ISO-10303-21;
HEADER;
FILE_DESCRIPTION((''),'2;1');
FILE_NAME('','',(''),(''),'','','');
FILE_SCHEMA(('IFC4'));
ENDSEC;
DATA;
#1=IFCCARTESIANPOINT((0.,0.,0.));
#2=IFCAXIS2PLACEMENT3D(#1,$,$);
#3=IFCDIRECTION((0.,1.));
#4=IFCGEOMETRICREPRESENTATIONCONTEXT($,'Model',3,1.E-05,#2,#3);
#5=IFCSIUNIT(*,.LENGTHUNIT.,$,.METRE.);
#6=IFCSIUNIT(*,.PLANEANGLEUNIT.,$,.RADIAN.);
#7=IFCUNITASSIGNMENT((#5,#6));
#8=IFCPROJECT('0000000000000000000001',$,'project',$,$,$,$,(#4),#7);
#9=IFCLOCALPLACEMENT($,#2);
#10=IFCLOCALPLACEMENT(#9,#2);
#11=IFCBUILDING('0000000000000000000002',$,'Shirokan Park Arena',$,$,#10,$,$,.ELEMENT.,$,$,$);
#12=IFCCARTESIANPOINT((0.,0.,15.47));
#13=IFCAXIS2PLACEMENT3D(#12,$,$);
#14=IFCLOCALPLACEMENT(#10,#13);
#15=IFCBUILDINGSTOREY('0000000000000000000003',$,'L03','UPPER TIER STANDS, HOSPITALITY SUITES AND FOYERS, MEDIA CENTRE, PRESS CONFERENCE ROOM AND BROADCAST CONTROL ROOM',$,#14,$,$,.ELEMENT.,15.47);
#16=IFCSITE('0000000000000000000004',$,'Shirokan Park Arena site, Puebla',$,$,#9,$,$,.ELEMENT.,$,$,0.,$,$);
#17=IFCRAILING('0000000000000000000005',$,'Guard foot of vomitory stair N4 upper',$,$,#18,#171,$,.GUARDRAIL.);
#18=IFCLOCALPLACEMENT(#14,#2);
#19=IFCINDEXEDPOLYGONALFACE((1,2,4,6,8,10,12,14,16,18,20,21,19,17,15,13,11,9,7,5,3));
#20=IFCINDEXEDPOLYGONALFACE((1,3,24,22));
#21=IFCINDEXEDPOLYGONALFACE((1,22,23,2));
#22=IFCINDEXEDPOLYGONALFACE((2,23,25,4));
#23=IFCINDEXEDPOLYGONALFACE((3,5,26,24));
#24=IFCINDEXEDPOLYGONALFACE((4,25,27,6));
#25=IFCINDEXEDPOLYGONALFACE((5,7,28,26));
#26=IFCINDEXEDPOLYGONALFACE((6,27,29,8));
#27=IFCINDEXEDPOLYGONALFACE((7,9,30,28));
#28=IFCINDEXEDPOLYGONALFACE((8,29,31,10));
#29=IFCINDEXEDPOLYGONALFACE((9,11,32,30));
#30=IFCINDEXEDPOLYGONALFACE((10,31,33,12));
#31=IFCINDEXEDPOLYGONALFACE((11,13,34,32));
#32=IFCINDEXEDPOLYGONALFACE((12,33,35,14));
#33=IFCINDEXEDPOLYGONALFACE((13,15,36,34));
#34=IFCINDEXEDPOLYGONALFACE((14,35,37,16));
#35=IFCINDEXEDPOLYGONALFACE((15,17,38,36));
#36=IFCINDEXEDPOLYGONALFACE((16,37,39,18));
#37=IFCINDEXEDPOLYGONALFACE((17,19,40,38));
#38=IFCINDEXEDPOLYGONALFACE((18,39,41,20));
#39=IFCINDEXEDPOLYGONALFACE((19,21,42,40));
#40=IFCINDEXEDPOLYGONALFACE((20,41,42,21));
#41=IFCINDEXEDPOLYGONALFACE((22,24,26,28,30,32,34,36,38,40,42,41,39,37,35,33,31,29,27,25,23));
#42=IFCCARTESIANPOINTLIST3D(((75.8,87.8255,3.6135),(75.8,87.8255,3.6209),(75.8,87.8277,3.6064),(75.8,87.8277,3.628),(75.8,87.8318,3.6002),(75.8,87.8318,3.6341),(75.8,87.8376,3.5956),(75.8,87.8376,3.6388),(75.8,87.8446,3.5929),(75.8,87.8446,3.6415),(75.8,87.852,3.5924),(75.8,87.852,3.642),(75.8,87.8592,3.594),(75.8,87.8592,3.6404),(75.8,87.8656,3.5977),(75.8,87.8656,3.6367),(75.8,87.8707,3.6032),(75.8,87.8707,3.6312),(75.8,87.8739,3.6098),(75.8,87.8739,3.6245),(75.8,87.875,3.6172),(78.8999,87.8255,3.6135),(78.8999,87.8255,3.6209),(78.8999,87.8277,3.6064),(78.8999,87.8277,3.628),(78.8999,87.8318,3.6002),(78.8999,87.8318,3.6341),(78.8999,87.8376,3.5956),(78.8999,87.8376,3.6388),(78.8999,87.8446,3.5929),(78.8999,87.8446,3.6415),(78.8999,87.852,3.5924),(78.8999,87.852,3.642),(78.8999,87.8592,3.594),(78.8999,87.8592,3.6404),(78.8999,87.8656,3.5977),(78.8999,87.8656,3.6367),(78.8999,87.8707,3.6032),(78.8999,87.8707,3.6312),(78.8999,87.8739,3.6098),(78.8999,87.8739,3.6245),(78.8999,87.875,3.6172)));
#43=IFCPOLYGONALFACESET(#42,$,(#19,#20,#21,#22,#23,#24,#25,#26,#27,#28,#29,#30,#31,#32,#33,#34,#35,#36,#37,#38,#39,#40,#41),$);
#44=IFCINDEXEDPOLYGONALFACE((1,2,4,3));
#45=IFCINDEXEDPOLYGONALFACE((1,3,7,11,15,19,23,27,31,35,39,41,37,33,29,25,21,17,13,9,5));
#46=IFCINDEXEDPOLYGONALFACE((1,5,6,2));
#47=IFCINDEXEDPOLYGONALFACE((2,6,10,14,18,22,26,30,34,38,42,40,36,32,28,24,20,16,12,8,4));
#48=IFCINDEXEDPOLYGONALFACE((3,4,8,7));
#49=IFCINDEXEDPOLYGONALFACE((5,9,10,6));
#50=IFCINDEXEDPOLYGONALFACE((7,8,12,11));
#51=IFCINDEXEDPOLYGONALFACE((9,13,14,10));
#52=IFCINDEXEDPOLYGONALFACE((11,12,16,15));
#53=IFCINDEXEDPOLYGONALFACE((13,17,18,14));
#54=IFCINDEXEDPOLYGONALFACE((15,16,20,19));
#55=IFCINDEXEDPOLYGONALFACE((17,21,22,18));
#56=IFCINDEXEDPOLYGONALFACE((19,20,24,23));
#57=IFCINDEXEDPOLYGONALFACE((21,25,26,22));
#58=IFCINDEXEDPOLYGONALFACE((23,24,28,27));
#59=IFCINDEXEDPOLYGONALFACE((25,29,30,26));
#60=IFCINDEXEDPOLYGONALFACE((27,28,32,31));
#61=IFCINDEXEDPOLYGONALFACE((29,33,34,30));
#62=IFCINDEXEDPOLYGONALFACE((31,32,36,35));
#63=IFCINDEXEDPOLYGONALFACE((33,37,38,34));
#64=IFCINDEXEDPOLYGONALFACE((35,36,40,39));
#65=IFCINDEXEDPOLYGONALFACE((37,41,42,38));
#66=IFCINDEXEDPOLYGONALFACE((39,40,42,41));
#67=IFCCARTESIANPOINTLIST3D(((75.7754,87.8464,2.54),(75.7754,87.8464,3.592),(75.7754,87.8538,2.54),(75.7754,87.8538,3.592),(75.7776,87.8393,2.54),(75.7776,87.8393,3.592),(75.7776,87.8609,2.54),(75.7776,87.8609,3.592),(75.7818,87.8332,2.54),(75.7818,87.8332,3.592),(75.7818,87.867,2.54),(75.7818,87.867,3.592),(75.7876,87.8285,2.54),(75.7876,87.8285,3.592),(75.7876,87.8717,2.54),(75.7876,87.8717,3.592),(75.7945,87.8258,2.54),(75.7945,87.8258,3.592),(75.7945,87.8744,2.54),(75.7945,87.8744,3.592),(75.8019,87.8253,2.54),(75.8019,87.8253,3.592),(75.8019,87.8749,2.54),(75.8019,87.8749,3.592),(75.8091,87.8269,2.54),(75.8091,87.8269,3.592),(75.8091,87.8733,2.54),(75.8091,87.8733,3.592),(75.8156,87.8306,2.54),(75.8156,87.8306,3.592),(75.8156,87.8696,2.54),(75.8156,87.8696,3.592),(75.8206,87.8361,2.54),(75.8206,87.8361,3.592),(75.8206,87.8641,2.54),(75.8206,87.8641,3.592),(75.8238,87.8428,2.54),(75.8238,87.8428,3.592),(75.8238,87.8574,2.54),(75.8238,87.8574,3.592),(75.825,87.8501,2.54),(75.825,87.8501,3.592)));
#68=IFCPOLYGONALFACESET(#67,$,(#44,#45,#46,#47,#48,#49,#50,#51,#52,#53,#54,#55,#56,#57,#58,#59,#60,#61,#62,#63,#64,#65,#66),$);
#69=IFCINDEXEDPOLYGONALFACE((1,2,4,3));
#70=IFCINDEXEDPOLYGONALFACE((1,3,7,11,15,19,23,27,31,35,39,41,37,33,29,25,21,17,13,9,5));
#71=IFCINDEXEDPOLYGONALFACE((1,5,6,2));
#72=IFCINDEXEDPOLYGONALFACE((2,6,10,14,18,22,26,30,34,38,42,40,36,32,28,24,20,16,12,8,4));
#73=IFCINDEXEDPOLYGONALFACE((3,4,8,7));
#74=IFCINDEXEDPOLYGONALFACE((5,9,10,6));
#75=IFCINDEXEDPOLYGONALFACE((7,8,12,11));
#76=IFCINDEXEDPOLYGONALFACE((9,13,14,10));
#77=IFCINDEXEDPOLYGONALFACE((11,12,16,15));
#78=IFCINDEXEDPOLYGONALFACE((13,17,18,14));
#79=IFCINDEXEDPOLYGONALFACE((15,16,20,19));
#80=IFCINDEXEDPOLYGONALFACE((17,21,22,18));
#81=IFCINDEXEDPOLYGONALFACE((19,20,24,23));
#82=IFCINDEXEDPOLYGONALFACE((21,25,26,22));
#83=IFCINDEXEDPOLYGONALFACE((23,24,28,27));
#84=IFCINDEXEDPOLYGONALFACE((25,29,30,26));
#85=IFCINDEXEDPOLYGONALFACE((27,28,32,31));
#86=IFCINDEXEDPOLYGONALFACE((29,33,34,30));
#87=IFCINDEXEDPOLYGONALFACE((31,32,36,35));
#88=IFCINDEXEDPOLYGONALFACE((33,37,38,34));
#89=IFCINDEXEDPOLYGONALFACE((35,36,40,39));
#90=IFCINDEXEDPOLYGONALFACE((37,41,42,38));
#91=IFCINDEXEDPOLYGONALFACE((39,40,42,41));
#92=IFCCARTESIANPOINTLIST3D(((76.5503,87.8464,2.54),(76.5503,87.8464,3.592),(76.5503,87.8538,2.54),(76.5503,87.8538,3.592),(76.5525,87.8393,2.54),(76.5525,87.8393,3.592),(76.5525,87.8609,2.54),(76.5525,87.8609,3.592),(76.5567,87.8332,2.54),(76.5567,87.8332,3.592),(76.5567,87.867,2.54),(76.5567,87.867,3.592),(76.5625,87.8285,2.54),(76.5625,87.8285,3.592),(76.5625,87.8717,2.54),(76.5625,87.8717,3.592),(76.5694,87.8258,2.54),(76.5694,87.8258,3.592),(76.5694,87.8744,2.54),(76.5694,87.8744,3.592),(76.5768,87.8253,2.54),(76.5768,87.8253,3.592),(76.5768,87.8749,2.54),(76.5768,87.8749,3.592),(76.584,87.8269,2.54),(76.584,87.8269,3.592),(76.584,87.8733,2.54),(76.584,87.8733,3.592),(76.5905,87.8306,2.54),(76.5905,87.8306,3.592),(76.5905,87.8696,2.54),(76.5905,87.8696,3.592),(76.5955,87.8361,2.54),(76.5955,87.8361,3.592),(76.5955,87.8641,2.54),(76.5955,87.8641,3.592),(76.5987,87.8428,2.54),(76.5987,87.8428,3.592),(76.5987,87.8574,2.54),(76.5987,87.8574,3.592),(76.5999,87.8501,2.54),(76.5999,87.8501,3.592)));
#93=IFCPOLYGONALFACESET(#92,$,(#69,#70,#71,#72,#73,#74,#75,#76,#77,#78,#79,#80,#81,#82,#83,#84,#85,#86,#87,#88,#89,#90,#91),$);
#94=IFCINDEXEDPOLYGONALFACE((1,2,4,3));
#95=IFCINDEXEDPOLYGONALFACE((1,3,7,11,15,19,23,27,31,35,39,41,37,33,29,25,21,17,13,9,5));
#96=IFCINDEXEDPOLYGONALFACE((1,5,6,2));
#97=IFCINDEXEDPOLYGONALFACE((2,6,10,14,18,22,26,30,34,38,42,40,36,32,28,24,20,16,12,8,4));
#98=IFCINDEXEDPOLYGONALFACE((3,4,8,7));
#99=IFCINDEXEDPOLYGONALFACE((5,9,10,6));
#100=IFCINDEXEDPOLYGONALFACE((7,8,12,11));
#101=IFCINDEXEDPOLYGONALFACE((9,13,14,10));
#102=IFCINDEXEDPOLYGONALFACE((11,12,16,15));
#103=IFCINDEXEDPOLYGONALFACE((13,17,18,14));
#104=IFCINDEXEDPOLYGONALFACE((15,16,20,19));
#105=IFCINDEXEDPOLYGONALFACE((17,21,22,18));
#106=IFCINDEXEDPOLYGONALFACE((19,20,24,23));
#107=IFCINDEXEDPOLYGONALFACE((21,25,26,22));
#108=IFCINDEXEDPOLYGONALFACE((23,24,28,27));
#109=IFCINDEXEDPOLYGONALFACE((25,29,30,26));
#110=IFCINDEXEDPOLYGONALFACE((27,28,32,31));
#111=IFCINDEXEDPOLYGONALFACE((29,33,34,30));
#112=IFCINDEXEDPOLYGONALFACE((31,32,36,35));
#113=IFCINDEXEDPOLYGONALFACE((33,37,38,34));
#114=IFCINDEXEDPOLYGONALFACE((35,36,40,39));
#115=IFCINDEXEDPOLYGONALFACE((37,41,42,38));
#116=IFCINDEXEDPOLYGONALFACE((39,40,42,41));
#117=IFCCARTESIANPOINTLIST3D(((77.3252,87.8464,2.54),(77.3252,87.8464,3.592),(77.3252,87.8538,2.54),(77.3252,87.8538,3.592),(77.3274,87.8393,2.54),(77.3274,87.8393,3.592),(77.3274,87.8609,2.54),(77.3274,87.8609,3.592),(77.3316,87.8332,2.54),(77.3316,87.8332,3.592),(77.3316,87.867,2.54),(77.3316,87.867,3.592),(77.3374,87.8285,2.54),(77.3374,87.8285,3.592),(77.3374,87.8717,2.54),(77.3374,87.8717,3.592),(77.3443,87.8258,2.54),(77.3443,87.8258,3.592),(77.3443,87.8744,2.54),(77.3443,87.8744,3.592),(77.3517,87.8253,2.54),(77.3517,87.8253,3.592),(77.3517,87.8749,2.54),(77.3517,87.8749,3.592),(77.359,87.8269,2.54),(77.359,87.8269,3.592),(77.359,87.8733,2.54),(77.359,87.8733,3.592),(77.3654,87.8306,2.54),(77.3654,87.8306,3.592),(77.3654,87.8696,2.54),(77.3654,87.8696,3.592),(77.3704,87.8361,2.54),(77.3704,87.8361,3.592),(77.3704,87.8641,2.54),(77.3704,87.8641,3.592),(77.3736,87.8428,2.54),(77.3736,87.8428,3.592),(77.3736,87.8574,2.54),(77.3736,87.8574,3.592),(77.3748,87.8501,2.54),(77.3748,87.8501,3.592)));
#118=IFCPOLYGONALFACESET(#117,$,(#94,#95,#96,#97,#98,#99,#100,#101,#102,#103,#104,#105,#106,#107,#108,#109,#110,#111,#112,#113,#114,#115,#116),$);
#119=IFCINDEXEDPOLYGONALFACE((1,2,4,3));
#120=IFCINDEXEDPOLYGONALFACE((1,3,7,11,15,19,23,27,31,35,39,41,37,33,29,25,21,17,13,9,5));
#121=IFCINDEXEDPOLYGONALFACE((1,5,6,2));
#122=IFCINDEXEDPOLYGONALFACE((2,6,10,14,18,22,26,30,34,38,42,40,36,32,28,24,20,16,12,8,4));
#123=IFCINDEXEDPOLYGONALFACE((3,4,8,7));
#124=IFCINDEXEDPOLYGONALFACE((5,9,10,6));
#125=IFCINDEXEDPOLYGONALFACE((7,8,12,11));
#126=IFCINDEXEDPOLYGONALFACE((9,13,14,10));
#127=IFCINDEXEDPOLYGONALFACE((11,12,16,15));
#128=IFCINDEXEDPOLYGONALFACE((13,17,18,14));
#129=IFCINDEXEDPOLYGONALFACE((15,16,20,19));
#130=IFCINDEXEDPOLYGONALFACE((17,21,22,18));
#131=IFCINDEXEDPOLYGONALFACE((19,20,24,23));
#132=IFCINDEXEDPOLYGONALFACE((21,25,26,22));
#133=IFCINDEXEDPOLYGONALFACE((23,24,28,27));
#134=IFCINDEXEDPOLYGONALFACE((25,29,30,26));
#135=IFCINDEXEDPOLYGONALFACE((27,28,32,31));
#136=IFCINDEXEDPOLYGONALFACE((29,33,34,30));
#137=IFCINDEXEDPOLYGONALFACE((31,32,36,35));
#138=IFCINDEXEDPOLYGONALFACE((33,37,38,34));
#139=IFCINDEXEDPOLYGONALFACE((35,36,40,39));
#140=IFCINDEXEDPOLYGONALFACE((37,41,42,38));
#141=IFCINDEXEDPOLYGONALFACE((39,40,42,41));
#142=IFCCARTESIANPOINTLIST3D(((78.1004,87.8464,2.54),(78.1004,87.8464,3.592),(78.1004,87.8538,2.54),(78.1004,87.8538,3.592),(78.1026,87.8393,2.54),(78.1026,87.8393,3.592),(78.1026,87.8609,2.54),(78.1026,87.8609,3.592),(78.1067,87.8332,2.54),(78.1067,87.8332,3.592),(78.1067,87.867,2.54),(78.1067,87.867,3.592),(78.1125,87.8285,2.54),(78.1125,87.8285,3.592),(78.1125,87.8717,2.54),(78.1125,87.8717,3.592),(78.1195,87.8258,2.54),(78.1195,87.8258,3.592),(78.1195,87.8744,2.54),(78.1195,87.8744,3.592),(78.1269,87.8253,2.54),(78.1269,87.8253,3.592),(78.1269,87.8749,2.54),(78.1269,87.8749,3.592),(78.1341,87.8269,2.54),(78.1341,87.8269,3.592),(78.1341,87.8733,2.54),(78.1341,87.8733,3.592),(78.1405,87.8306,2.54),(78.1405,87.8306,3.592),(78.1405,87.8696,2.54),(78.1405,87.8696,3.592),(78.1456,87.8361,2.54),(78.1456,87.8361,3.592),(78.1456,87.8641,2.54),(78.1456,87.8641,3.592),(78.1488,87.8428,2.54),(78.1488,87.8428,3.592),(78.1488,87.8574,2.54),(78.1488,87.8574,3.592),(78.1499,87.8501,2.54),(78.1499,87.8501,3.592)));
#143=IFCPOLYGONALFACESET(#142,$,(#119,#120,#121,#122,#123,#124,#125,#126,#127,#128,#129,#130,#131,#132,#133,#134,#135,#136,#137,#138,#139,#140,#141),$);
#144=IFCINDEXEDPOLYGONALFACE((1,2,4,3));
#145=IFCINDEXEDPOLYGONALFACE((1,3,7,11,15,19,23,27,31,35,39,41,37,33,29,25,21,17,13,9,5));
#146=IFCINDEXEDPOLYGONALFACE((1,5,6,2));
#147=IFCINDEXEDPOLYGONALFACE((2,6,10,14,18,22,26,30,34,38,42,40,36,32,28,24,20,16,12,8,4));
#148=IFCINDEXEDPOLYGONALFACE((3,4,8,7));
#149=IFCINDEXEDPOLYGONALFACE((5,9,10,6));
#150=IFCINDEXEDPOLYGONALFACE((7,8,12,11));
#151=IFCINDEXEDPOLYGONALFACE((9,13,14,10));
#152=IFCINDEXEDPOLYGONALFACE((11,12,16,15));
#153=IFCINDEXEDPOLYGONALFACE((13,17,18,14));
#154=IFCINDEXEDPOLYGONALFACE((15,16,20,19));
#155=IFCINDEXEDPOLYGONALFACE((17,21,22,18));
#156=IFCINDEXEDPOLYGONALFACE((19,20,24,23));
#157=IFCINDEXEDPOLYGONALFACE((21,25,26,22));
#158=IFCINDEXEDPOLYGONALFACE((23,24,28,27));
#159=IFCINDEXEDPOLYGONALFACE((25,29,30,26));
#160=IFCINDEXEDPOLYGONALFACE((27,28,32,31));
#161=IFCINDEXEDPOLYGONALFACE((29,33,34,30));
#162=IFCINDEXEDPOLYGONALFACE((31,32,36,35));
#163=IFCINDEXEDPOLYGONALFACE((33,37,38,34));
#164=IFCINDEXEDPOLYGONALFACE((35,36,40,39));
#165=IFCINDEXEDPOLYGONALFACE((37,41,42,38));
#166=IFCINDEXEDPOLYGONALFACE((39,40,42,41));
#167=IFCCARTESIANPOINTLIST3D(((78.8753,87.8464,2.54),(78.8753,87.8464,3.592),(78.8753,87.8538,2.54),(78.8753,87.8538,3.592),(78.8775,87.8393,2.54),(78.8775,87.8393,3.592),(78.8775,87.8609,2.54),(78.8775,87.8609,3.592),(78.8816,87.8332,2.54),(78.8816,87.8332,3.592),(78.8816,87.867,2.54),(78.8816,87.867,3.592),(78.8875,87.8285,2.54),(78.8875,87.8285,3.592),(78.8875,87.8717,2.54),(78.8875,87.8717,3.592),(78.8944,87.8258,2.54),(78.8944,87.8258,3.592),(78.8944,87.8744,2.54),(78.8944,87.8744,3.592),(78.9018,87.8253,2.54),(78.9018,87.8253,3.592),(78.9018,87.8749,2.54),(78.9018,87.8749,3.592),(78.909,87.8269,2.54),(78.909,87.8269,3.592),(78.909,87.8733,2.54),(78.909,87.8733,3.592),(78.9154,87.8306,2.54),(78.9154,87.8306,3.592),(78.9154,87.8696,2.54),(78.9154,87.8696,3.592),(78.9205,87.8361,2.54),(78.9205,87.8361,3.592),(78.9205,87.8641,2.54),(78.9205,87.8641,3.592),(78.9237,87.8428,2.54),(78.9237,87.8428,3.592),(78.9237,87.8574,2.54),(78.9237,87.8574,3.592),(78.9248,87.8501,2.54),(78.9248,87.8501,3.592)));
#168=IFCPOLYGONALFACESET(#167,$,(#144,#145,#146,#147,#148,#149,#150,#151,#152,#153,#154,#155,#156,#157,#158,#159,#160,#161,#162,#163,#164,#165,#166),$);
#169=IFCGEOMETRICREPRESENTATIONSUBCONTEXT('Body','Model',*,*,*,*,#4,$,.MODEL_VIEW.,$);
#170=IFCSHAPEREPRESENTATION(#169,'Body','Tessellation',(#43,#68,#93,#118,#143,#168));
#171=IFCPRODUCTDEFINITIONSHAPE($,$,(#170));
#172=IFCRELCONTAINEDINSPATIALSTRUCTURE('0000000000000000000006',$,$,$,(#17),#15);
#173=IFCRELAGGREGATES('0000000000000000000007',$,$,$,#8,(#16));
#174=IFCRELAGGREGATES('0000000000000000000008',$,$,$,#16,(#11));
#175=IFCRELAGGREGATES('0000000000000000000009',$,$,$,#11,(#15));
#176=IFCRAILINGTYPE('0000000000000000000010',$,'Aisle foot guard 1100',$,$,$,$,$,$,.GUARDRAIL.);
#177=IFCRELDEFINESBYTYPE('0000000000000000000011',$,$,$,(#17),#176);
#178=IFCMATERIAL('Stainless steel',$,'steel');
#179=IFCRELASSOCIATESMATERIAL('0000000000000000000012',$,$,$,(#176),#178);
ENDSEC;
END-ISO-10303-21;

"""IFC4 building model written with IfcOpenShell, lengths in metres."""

from ifc_helpers import new_model, si_unit, direction, frame, origin, origin_2d, place, context, subcontext, project, spatial, circle, extrude, material, type_object, element, save


model = new_model("IFC4")

# Units and contexts
model_context = context("Model", 3, precision=1e-05, world=origin(), true_north=direction((0.0, 1.0)))
body_context = subcontext(model_context, "Body", "Model", "MODEL_VIEW")
ifc_project = project(units=[si_unit("LENGTHUNIT", "METRE"), si_unit("PLANEANGLEUNIT", "RADIAN")], contexts=[model_context])

# Site, building, storey
site_placement = place(None, origin())
site = spatial("IfcSite", under=ifc_project, at=site_placement, Name="Shirokan Park Arena site, Puebla", CompositionType="ELEMENT", RefElevation=0.0)
building_placement = place(site_placement, origin())
building = spatial("IfcBuilding", under=site, at=building_placement, Name="Shirokan Park Arena", CompositionType="ELEMENT")
storey_placement = place(building_placement, frame((0.0, 0.0, 15.47)))
storey = spatial("IfcBuildingStorey", under=building, at=storey_placement, Name="L03", Description="UPPER TIER STANDS, HOSPITALITY SUITES AND FOYERS, MEDIA CENTRE, PRESS CONFERENCE ROOM AND BROADCAST CONTROL ROOM", CompositionType="ELEMENT", Elevation=15.47)

# Railing
ifc_material_1 = material(Name="Stainless steel", Category="steel")
railing_type_1 = type_object("IfcRailingType", Name="Aisle foot guard 1100", PredefinedType="GUARDRAIL", material=ifc_material_1)
railing_1_placement = place(storey_placement, frame((75.8, 87.8501, 2.54)))
element("IfcRailing", 1, at=railing_1_placement, inside=storey, type_object=railing_type_1, Name="Guard foot of vomitory stair N4 upper", PredefinedType="GUARDRAIL", context=body_context, shape_type="SweptSolid", body=[
    extrude(circle(Radius=0.0249, at=origin_2d()), frame((0.0, 0.0, 1.0771), z_axis=(1.0, 0.0, 0.0), x_axis=(0.0, 1.0, 0.0)), (0.0, 0.0, 1.0), 3.0999),
    extrude(circle(Radius=0.0249, at=origin_2d()), origin(), (0.0, 0.0, 1.0), 1.052),
    extrude(circle(Radius=0.0249, at=origin_2d()), frame((0.7749, 0.0, 0.0)), (0.0, 0.0, 1.0), 1.052),
    extrude(circle(Radius=0.0249, at=origin_2d()), frame((1.5498, 0.0, 0.0)), (0.0, 0.0, 1.0), 1.052),
    extrude(circle(Radius=0.0249, at=origin_2d()), frame((2.325, 0.0, 0.0)), (0.0, 0.0, 1.0), 1.052),
    extrude(circle(Radius=0.0249, at=origin_2d()), frame((3.0999, 0.0, 0.0)), (0.0, 0.0, 1.0), 1.052),
])

save(model, "model.ifc")
